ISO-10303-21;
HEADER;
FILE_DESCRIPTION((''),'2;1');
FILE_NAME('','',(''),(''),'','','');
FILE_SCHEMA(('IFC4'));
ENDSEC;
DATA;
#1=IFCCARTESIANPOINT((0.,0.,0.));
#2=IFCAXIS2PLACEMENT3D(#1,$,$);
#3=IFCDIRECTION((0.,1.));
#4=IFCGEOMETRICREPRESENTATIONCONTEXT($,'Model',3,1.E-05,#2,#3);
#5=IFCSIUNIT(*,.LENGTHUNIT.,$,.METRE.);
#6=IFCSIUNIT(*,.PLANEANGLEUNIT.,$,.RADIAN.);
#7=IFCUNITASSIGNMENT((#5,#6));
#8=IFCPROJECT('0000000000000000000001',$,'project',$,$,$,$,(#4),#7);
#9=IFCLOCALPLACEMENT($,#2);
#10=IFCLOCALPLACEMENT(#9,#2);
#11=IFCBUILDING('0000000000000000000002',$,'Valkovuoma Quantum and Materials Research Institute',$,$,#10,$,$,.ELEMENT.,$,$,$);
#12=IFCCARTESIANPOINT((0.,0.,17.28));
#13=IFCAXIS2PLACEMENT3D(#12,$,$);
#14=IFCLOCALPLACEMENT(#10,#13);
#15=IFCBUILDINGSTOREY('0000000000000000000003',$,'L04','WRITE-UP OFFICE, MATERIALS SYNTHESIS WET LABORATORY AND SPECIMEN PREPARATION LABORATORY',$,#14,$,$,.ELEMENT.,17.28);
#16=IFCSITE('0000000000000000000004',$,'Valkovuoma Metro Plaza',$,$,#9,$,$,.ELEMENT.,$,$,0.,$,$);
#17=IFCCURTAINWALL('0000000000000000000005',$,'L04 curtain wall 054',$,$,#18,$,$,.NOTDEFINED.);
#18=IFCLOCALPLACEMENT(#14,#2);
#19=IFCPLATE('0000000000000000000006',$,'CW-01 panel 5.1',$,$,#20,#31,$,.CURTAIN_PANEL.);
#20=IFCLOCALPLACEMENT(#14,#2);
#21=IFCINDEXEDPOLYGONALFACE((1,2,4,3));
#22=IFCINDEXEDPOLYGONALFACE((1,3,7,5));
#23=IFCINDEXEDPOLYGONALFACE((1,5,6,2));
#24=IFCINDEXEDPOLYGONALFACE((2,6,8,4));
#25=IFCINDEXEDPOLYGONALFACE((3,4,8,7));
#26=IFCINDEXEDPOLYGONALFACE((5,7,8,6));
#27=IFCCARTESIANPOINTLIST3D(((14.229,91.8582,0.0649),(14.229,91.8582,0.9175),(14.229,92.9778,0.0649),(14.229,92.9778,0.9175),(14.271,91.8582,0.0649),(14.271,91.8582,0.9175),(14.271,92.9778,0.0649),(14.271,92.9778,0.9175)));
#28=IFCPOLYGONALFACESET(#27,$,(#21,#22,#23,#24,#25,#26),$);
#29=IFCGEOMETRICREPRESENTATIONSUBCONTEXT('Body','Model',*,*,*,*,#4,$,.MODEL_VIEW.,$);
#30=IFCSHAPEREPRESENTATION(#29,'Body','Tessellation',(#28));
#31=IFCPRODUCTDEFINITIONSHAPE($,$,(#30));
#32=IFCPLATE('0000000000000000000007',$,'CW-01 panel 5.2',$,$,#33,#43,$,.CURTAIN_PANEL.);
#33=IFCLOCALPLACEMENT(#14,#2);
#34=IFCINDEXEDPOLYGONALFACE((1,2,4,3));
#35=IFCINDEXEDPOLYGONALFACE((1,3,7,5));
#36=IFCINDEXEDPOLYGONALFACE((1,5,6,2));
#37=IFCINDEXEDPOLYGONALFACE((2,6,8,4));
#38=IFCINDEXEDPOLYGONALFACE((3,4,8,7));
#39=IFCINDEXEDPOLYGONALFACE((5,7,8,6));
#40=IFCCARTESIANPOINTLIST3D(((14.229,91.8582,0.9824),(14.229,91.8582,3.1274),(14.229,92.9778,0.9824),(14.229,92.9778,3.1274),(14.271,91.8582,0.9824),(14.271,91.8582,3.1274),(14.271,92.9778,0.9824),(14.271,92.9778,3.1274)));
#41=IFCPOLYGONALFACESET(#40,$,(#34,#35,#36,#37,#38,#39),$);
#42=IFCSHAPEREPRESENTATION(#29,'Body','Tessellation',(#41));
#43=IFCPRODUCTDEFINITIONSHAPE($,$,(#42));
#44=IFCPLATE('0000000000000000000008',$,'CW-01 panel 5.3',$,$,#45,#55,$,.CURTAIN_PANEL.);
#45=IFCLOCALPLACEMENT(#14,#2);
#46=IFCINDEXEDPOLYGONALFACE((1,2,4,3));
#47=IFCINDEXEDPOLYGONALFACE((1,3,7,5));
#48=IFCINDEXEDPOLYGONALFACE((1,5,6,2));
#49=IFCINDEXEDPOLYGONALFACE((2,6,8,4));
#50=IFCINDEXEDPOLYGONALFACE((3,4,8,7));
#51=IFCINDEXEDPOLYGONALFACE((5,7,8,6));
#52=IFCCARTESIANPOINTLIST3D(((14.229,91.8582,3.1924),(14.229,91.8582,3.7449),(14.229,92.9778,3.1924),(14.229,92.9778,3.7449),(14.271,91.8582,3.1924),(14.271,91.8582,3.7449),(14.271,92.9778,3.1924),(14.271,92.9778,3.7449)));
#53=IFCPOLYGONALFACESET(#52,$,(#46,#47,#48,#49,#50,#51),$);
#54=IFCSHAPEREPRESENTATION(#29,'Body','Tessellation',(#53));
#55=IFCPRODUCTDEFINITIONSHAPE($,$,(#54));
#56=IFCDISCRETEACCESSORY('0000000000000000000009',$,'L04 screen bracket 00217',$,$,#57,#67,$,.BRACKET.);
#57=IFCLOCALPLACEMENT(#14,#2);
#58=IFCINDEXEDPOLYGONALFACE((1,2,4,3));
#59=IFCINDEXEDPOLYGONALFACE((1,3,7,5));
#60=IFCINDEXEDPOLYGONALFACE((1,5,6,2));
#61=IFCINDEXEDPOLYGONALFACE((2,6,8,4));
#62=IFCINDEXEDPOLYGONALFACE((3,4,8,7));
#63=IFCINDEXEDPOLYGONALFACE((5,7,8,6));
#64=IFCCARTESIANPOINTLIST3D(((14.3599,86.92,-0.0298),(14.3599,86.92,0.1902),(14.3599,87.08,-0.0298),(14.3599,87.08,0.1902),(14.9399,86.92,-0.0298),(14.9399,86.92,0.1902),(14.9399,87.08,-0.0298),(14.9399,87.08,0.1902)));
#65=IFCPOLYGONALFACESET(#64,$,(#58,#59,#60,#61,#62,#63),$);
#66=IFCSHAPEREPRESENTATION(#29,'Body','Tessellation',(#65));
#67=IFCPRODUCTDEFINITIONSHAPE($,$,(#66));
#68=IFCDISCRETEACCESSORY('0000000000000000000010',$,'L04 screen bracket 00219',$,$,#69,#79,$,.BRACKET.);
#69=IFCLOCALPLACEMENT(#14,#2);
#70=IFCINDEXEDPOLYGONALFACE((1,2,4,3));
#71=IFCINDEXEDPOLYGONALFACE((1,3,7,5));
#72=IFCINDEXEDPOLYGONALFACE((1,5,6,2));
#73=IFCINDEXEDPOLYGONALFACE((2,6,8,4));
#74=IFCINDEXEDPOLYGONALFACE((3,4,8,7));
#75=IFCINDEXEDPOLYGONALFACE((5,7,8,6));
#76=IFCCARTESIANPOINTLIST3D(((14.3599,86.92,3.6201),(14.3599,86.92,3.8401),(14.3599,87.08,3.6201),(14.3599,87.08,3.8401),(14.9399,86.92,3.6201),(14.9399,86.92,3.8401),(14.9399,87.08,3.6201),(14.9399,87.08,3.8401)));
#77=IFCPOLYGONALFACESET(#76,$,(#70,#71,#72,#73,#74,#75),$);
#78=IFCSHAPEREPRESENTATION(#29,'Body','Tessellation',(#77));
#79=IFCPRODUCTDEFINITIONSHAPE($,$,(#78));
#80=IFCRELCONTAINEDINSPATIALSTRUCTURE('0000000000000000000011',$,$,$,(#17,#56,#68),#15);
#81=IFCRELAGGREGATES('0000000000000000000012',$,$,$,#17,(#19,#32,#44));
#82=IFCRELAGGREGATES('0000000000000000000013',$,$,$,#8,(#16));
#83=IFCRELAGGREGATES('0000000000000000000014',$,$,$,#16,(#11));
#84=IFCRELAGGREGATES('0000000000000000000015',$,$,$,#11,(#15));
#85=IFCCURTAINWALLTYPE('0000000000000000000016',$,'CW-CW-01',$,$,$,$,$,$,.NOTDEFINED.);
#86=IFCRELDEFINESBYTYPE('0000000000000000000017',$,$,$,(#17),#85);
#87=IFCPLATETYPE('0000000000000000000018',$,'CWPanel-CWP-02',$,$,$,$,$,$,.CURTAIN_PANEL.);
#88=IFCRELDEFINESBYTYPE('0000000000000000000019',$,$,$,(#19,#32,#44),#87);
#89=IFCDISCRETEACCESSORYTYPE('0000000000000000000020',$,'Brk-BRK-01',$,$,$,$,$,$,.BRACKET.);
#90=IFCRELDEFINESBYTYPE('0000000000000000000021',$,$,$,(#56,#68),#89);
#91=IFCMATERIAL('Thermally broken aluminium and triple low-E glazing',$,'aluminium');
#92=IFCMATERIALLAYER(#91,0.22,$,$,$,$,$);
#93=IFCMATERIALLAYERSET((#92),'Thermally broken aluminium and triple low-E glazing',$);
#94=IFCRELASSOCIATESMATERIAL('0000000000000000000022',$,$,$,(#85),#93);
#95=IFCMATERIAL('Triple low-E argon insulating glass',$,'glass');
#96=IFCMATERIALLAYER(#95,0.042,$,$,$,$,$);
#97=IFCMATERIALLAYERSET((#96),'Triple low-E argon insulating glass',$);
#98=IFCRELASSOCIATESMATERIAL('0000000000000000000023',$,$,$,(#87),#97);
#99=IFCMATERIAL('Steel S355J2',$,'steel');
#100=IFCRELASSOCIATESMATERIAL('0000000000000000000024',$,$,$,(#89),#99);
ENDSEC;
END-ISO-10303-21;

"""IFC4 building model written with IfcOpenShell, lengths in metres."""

from ifc_helpers import new_model, si_unit, direction, frame, origin, origin_2d, place, context, subcontext, project, spatial, rectangle, extrude, material, layer, layer_set, type_object, element, aggregate, save


model = new_model("IFC4")

# Units and contexts
model_context = context("Model", 3, precision=1e-05, world=origin(), true_north=direction((0.0, 1.0)))
body_context = subcontext(model_context, "Body", "Model", "MODEL_VIEW")
ifc_project = project(units=[si_unit("LENGTHUNIT", "METRE"), si_unit("PLANEANGLEUNIT", "RADIAN")], contexts=[model_context])

# Site, building, storey
site_placement = place(None, origin())
site = spatial("IfcSite", under=ifc_project, at=site_placement, Name="Valkovuoma Metro Plaza", CompositionType="ELEMENT", RefElevation=0.0)
building_placement = place(site_placement, origin())
building = spatial("IfcBuilding", under=site, at=building_placement, Name="Valkovuoma Quantum and Materials Research Institute", CompositionType="ELEMENT")
storey_placement = place(building_placement, frame((0.0, 0.0, 17.28)))
storey = spatial("IfcBuildingStorey", under=building, at=storey_placement, Name="L04", Description="WRITE-UP OFFICE, MATERIALS SYNTHESIS WET LABORATORY AND SPECIMEN PREPARATION LABORATORY", CompositionType="ELEMENT", Elevation=17.28)

# Curtain wall, plates
ifc_material_1 = material(Name="Thermally broken aluminium and triple low-E glazing", Category="aluminium")
ifc_layer_1 = layer(ifc_material_1, 0.22)
ifc_layer_set_1 = layer_set([ifc_layer_1], Name="Thermally broken aluminium and triple low-E glazing")
curtain_wall_type = type_object("IfcCurtainWallType", Name="CW-CW-01", PredefinedType="NOTDEFINED", material=ifc_layer_set_1)
curtain_wall_placement = place(storey_placement, origin())
curtain_wall = element("IfcCurtainWall", 1, at=curtain_wall_placement, inside=storey, type_object=curtain_wall_type, Name="L04 curtain wall 054", PredefinedType="NOTDEFINED")
ifc_material_2 = material(Name="Triple low-E argon insulating glass", Category="glass")
ifc_layer_2 = layer(ifc_material_2, 0.042)
ifc_layer_set_2 = layer_set([ifc_layer_2], Name="Triple low-E argon insulating glass")
plate_type = type_object("IfcPlateType", Name="CWPanel-CWP-02", PredefinedType="CURTAIN_PANEL", material=ifc_layer_set_2)
plate_1_placement = place(storey_placement, frame((14.25, 92.418, 0.0649), z_axis=(0.0, 0.0, 1.0), x_axis=(0.0, 1.0, 0.0)))
plate_1 = element("IfcPlate", 2, at=plate_1_placement, type_object=plate_type, Name="CW-01 panel 5.1", PredefinedType="CURTAIN_PANEL", context=body_context, shape_type="SweptSolid", body=[
    extrude(rectangle(XDim=1.1196, YDim=0.042, at=origin_2d()), origin(), (0.0, 0.0, 1.0), 0.8525),
])
plate_2_placement = place(storey_placement, frame((14.25, 92.418, 0.9824), z_axis=(0.0, 0.0, 1.0), x_axis=(0.0, 1.0, 0.0)))
plate_2 = element("IfcPlate", 3, at=plate_2_placement, type_object=plate_type, Name="CW-01 panel 5.2", PredefinedType="CURTAIN_PANEL", context=body_context, shape_type="SweptSolid", body=[
    extrude(rectangle(XDim=1.1196, YDim=0.042, at=origin_2d()), origin(), (0.0, 0.0, 1.0), 2.145),
])
plate_3_placement = place(storey_placement, frame((14.25, 92.418, 3.1924), z_axis=(0.0, 0.0, 1.0), x_axis=(0.0, 1.0, 0.0)))
plate_3 = element("IfcPlate", 4, at=plate_3_placement, type_object=plate_type, Name="CW-01 panel 5.3", PredefinedType="CURTAIN_PANEL", context=body_context, shape_type="SweptSolid", body=[
    extrude(rectangle(XDim=1.1196, YDim=0.042, at=origin_2d()), origin(), (0.0, 0.0, 1.0), 0.5525),
])
aggregate(curtain_wall, [plate_1, plate_2, plate_3])

# Discrete accessories
ifc_material_3 = material(Name="Steel S355J2", Category="steel")
discrete_accessory_type = type_object("IfcDiscreteAccessoryType", Name="Brk-BRK-01", PredefinedType="BRACKET", material=ifc_material_3)
for number, where, z_axis, x_axis, name in (
    (5, (14.6499, 87.0, -0.0298), (0.0, 0.0, 1.0), (1.0, 0.0, 0.0), "L04 screen bracket 00217"),
    (6, (14.6499, 87.0, 3.6201), (0.0, 0.0, 1.0), (1.0, 0.0, 0.0), "L04 screen bracket 00219"),
):
    element("IfcDiscreteAccessory", number, at=place(storey_placement, frame(where, z_axis=z_axis, x_axis=x_axis)), inside=storey, type_object=discrete_accessory_type, Name=name, PredefinedType="BRACKET", context=body_context, shape_type="SweptSolid", body=[
        extrude(rectangle(XDim=0.5801, YDim=0.1599, at=origin_2d()), origin(), (0.0, 0.0, 1.0), 0.22),
    ])

save(model, "model.ifc")
